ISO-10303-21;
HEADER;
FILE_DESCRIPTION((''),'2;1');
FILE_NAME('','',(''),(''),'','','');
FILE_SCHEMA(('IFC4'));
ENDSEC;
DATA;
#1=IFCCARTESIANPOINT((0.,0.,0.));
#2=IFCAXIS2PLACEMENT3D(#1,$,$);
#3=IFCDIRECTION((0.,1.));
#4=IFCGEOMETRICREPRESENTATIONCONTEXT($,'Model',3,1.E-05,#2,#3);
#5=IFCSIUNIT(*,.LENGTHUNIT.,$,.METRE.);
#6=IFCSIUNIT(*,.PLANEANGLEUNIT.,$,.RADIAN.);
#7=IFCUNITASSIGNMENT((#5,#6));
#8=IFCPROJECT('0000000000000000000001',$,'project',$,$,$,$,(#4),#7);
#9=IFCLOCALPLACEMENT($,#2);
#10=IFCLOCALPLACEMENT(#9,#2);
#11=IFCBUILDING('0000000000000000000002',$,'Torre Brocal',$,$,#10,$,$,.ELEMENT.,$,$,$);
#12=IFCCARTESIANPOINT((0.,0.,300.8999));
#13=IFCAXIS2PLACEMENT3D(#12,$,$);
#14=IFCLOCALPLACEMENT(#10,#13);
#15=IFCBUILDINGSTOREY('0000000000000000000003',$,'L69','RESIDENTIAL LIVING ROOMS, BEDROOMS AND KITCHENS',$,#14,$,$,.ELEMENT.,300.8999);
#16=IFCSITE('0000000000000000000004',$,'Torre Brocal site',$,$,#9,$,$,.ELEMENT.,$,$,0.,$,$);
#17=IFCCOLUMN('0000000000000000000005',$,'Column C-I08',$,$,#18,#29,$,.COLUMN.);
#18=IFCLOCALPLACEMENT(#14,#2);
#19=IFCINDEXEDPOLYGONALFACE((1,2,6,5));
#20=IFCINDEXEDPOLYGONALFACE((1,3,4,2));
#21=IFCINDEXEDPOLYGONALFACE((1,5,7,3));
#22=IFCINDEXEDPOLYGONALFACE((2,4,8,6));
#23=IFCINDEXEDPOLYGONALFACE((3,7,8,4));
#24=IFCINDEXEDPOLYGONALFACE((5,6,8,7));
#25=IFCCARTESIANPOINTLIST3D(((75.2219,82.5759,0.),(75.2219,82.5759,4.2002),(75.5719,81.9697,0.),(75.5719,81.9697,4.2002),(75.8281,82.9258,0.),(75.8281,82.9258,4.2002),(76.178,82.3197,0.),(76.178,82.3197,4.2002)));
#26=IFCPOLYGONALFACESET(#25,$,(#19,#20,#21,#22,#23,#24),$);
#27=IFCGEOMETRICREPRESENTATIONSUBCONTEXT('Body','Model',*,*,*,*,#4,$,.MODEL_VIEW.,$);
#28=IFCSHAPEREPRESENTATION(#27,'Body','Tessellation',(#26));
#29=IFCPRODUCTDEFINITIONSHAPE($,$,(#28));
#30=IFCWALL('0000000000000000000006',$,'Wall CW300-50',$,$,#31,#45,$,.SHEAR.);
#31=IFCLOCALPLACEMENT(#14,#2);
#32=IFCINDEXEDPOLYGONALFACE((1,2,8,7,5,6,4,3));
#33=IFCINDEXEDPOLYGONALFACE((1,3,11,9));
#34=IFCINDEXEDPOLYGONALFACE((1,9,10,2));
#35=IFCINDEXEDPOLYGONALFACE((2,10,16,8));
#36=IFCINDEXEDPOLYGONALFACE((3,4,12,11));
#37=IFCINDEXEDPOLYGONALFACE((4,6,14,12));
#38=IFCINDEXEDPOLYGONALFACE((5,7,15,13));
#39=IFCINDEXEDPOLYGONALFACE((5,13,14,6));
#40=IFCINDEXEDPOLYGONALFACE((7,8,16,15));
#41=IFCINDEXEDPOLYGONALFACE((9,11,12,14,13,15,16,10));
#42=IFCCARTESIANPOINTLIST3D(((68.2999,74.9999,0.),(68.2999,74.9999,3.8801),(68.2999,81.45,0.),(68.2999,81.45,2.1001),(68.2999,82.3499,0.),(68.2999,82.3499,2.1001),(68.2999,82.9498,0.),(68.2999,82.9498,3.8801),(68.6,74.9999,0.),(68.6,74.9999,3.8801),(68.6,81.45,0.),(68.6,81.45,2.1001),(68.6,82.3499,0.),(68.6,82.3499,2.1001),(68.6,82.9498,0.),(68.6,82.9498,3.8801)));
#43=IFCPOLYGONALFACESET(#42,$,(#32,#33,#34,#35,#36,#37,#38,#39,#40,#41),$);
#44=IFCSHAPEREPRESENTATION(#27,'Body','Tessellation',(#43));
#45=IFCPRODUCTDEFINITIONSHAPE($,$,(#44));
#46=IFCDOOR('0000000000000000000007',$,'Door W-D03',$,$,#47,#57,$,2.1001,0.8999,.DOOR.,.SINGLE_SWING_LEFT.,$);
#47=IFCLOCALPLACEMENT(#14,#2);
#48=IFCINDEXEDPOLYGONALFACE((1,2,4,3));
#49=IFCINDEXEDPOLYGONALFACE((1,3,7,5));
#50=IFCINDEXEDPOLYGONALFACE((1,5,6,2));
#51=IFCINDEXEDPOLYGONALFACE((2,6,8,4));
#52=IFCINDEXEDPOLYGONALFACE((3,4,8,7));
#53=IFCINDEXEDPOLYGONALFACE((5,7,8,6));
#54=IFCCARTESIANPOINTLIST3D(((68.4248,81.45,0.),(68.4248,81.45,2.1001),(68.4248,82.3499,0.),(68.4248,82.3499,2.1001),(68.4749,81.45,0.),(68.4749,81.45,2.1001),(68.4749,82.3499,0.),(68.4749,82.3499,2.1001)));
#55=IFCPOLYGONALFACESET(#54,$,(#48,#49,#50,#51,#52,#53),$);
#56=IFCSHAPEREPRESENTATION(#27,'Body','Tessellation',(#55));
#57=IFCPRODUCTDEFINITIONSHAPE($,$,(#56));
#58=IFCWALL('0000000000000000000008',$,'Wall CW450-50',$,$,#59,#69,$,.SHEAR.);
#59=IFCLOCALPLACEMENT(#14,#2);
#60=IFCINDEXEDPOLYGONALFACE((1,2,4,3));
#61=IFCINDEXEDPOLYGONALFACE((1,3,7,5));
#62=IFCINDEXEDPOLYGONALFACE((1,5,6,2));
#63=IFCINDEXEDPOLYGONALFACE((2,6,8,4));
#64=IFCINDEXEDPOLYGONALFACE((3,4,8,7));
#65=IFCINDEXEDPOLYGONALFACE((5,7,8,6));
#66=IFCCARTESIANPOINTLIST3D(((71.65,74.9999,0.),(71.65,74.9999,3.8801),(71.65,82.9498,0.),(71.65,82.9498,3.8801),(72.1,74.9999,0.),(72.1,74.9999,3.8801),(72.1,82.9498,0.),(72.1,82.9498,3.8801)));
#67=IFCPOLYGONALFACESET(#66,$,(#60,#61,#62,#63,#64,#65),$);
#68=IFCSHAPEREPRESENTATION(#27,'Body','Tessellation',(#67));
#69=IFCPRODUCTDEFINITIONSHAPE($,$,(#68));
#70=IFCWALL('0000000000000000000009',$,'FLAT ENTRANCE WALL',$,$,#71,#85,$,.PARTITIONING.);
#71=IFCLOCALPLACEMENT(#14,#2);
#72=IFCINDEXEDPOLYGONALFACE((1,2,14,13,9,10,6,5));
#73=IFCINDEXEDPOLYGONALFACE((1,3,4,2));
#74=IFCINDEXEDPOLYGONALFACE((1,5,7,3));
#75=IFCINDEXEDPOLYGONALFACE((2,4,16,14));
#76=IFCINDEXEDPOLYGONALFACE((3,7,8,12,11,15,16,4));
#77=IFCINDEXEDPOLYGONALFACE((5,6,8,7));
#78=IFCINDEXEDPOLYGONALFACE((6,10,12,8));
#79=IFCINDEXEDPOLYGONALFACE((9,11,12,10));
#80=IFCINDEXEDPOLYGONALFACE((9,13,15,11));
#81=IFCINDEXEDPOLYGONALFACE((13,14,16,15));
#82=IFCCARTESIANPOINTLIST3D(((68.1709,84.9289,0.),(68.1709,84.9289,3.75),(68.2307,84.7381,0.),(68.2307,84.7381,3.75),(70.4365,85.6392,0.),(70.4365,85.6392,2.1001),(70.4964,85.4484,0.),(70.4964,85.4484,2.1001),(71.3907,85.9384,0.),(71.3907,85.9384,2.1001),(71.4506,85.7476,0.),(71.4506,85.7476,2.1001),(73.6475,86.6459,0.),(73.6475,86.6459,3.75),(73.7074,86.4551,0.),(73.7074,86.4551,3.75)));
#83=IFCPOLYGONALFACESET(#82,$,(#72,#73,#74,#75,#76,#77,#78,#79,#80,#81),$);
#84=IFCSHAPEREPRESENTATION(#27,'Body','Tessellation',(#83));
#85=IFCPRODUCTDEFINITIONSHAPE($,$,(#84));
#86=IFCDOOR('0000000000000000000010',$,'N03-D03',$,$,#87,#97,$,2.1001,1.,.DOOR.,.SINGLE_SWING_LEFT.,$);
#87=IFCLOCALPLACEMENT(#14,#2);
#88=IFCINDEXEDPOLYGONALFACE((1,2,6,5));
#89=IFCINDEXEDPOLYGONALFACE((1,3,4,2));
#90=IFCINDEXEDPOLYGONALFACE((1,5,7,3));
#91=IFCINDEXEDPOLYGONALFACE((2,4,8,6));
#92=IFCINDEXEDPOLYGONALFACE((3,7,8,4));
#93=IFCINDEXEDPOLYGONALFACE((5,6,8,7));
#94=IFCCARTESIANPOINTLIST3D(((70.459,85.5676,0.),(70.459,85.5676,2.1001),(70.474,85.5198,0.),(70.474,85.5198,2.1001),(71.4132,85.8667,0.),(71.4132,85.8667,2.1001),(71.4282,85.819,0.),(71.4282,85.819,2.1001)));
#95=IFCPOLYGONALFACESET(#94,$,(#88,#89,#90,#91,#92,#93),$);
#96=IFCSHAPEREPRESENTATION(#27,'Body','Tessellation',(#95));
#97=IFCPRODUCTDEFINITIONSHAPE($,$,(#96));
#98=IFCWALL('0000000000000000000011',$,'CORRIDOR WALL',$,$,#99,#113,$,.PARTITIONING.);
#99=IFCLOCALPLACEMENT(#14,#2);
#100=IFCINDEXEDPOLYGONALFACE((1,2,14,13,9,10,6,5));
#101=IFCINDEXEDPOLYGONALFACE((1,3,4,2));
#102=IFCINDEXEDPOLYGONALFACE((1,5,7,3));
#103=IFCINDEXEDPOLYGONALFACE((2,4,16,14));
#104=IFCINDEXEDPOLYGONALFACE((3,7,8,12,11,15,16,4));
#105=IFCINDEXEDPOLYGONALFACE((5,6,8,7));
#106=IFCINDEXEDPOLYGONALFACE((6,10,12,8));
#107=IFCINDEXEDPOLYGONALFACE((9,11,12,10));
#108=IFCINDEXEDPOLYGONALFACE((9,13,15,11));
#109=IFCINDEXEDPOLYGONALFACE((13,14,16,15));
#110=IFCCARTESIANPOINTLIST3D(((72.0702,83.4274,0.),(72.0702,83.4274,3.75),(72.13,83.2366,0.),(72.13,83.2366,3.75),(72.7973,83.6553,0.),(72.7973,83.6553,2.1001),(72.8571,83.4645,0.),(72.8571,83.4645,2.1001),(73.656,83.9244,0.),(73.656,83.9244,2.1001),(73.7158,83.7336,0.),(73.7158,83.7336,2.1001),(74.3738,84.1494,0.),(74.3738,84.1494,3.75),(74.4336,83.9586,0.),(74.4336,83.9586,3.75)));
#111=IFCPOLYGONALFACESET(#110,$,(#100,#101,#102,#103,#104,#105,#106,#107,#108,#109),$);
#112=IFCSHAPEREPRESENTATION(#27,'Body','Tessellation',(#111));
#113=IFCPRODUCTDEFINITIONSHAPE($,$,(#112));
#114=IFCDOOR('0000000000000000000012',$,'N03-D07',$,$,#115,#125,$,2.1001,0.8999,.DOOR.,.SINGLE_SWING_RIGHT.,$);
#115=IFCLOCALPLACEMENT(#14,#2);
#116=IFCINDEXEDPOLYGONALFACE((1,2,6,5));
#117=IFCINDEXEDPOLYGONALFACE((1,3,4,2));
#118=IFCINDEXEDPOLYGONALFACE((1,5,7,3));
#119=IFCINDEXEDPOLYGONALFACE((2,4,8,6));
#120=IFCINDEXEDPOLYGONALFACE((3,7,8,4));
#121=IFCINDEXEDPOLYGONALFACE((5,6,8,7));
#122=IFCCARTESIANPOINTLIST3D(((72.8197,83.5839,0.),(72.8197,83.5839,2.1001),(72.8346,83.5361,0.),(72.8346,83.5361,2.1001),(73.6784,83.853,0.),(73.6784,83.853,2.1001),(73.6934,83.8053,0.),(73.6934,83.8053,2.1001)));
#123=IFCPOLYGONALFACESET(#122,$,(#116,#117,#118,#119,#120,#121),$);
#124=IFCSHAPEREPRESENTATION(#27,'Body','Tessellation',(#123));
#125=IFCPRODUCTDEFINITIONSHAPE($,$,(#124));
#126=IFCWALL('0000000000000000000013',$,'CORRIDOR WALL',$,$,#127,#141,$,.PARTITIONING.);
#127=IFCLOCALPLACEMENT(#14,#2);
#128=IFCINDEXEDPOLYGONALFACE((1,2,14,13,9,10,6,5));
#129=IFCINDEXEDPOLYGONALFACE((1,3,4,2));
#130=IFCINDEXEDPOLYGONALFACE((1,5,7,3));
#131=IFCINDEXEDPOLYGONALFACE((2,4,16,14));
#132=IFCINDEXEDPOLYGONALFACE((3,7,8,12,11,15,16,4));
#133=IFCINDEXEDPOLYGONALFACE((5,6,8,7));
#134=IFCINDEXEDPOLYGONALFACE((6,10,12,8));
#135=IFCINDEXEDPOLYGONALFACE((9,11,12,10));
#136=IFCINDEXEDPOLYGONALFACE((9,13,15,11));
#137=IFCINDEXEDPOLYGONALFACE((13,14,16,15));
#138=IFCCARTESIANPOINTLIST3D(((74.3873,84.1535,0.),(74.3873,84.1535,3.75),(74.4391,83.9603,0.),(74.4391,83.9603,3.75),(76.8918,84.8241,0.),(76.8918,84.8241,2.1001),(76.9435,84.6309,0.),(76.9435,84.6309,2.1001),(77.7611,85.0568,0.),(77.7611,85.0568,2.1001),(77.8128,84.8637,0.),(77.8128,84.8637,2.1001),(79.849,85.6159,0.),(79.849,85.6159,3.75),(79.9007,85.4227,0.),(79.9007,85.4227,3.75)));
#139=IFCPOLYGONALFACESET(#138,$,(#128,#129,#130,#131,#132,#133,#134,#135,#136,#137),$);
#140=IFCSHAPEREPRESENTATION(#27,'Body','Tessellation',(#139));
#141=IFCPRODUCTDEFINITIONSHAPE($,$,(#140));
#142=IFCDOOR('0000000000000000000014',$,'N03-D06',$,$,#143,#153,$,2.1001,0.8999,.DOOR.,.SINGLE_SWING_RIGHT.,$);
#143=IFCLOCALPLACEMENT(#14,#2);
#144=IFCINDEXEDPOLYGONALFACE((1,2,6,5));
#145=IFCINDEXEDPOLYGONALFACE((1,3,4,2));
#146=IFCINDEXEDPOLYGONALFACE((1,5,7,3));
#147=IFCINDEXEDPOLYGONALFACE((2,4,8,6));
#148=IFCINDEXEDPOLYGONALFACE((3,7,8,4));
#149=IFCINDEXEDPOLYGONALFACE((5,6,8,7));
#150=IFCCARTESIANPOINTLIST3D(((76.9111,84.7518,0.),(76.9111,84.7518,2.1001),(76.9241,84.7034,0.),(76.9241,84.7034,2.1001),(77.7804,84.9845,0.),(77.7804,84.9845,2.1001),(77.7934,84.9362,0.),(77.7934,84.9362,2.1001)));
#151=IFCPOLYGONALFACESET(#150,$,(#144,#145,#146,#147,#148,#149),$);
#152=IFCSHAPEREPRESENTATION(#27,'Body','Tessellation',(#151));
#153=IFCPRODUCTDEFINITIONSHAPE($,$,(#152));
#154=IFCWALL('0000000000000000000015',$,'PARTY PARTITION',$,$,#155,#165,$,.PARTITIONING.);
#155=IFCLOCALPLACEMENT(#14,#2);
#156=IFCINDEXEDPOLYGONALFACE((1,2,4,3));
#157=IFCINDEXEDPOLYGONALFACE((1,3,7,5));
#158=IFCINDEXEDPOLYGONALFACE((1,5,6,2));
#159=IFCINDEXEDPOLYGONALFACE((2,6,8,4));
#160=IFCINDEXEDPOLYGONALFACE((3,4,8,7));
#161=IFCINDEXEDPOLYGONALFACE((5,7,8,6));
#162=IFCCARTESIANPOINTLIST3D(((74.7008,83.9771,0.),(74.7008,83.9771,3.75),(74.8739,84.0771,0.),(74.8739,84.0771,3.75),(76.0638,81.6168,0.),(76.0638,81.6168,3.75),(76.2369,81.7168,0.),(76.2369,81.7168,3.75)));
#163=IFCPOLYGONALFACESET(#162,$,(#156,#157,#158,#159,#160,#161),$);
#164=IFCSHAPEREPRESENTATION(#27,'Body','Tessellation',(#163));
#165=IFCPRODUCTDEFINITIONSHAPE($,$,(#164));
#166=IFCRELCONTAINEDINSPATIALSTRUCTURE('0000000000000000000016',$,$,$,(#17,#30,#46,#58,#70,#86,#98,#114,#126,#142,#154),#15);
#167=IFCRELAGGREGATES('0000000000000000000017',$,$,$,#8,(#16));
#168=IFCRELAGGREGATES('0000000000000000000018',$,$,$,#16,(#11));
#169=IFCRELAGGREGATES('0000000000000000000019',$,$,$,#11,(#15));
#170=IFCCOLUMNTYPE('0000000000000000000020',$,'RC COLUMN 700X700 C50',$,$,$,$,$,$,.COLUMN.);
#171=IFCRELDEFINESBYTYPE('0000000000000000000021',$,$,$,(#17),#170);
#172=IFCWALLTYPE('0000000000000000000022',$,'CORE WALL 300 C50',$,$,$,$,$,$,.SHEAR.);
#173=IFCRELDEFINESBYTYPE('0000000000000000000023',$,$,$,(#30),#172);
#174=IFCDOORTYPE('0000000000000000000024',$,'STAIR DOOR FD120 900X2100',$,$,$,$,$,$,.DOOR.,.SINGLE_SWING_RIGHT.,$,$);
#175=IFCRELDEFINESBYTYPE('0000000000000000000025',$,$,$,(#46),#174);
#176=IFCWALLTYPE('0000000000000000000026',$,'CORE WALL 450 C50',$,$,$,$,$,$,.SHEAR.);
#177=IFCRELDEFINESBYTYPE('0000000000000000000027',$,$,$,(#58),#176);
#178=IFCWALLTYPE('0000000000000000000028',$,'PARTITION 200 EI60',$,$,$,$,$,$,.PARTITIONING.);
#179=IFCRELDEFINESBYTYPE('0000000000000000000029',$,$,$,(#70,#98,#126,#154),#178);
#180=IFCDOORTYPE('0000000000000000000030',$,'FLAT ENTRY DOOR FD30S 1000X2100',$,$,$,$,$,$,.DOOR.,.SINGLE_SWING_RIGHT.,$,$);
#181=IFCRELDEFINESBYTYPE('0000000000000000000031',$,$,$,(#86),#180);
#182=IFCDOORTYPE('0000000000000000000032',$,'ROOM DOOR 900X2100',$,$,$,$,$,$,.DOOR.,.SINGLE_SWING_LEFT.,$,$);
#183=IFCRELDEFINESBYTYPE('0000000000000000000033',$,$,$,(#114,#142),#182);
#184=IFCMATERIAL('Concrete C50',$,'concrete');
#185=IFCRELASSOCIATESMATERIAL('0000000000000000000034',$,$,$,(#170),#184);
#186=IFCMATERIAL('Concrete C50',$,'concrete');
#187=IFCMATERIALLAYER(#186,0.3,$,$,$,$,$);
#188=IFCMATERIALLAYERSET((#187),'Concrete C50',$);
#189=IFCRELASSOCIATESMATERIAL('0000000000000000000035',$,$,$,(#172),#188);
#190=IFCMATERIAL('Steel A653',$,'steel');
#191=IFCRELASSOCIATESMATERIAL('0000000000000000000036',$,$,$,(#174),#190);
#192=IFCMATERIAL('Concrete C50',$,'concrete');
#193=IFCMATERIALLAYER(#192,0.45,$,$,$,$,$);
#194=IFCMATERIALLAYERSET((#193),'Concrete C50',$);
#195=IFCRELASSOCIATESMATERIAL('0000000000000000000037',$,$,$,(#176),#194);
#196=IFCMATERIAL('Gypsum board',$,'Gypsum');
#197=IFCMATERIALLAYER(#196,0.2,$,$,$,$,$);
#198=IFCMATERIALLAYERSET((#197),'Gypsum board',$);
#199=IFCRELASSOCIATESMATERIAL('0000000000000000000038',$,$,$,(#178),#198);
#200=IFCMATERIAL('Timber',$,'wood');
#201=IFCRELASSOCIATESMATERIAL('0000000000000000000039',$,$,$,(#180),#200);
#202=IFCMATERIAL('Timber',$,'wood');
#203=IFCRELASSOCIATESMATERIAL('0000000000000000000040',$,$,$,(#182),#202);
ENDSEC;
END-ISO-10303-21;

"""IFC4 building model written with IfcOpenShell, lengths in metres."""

from ifc_helpers import new_model, si_unit, direction, frame, frame_2d, origin, origin_2d, place, context, subcontext, project, spatial, rectangle, extrude, material, layer, layer_set, material_profile, profile_set, type_object, element, fill, save


model = new_model("IFC4")

# Units and contexts
model_context = context("Model", 3, precision=1e-05, world=origin(), true_north=direction((0.0, 1.0)))
body_context = subcontext(model_context, "Body", "Model", "MODEL_VIEW")
ifc_project = project(units=[si_unit("LENGTHUNIT", "METRE"), si_unit("PLANEANGLEUNIT", "RADIAN")], contexts=[model_context])

# Site, building, storey
site_placement = place(None, origin())
site = spatial("IfcSite", under=ifc_project, at=site_placement, Name="Torre Brocal site", CompositionType="ELEMENT", RefElevation=0.0)
building_placement = place(site_placement, origin())
building = spatial("IfcBuilding", under=site, at=building_placement, Name="Torre Brocal", CompositionType="ELEMENT")
storey_placement = place(building_placement, frame((0.0, 0.0, 300.8999)))
storey = spatial("IfcBuildingStorey", under=building, at=storey_placement, Name="L69", Description="RESIDENTIAL LIVING ROOMS, BEDROOMS AND KITCHENS", CompositionType="ELEMENT", Elevation=300.8999)

# Column
ifc_material_1 = material(Name="Concrete C50", Category="concrete")
ifc_material_profile = material_profile(ifc_material_1, rectangle(XDim=0.7, YDim=0.7, at=origin_2d()), Name="RC 700X700")
ifc_profile_set = profile_set([ifc_material_profile], Name="Concrete C50")
column_type = type_object("IfcColumnType", Name="RC COLUMN 700X700 C50", PredefinedType="COLUMN", material=ifc_profile_set)
column_placement = place(storey_placement, frame((75.7, 82.4478, 0.0), z_axis=(0.0, 0.0, 1.0), x_axis=(-0.5, 0.866025, 0.0)))
element("IfcColumn", 1, at=column_placement, inside=storey, type_object=column_type, Name="Column C-I08", PredefinedType="COLUMN", context=body_context, shape_type="SweptSolid", body=[
    extrude(rectangle(XDim=0.7, YDim=0.7, at=origin_2d()), origin(), (0.0, 0.0, 1.0), 4.2002),
])

# Wall, opening, door
ifc_material_2 = material(Name="Concrete C50", Category="concrete")
ifc_layer_1 = layer(ifc_material_2, 0.3)
ifc_layer_set_1 = layer_set([ifc_layer_1], Name="Concrete C50")
wall_type_1 = type_object("IfcWallType", Name="CORE WALL 300 C50", PredefinedType="SHEAR", material=ifc_layer_set_1)
wall_1_placement = place(storey_placement, frame((68.45, 82.95, 0.0), z_axis=(0.0, 0.0, 1.0), x_axis=(0.0, -1.0, 0.0)))
wall_1 = element("IfcWall", 2, at=wall_1_placement, inside=storey, type_object=wall_type_1, Name="Wall CW300-50", PredefinedType="SHEAR", context=body_context, shape_type="SweptSolid", body=[
    extrude(rectangle(XDim=7.95, YDim=0.3, at=frame_2d((3.9751, 0.0))), origin(), (0.0, 0.0, 1.0), 3.8801),
])
opening_1_placement = place(wall_1_placement, frame((0.6001, 0.0, 0.0)))
opening_1 = element("IfcOpeningElement", 3, at=opening_1_placement, cuts=wall_1, PredefinedType="OPENING", context=body_context, shape_type="SweptSolid", body=[
    extrude(rectangle(XDim=0.8999, YDim=2.1001, at=frame_2d((0.45, 1.05))), frame((0.0, 0.1599, 0.0), z_axis=(0.0, -1.0, 0.0), x_axis=(1.0, 0.0, 0.0)), (0.0, 0.0, 1.0), 0.3201),
])
ifc_material_3 = material(Name="Steel A653", Category="steel")
door_type_1 = type_object("IfcDoorType", Name="STAIR DOOR FD120 900X2100", OperationType="SINGLE_SWING_RIGHT", PredefinedType="DOOR", material=ifc_material_3)
door_1_placement = place(opening_1_placement, origin())
door_1 = element("IfcDoor", 4, at=door_1_placement, inside=storey, type_object=door_type_1, Name="Door W-D03", OperationType="SINGLE_SWING_LEFT", OverallHeight=2.1001, OverallWidth=0.8999, PredefinedType="DOOR", context=body_context, shape_type="SweptSolid", body=[
    extrude(rectangle(XDim=0.8999, YDim=2.1001, at=frame_2d((0.45, 1.05))), frame((0.0, 0.0249, 0.0), z_axis=(0.0, -1.0, 0.0), x_axis=(1.0, 0.0, 0.0)), (0.0, 0.0, 1.0), 0.05),
])
fill(opening_1, door_1)
ifc_material_4 = material(Name="Concrete C50", Category="concrete")
ifc_layer_2 = layer(ifc_material_4, 0.45)
ifc_layer_set_2 = layer_set([ifc_layer_2], Name="Concrete C50")
wall_type_2 = type_object("IfcWallType", Name="CORE WALL 450 C50", PredefinedType="SHEAR", material=ifc_layer_set_2)

# Wall
wall_2_placement = place(storey_placement, frame((71.875, 82.95, 0.0), z_axis=(0.0, 0.0, 1.0), x_axis=(0.0, -1.0, 0.0)))
element("IfcWall", 5, at=wall_2_placement, inside=storey, type_object=wall_type_2, Name="Wall CW450-50", PredefinedType="SHEAR", context=body_context, shape_type="SweptSolid", body=[
    extrude(rectangle(XDim=7.95, YDim=0.45, at=frame_2d((3.9751, 0.0))), origin(), (0.0, 0.0, 1.0), 3.8801),
])

# Walls, openings, doors
ifc_material_5 = material(Name="Gypsum board", Category="Gypsum")
ifc_layer_3 = layer(ifc_material_5, 0.2)
ifc_layer_set_3 = layer_set([ifc_layer_3], Name="Gypsum board")
wall_type_3 = type_object("IfcWallType", Name="PARTITION 200 EI60", PredefinedType="PARTITIONING", material=ifc_layer_set_3)
wall_3_placement = place(storey_placement, frame((68.2009, 84.8335, 0.0), z_axis=(0.0, 0.0, 1.0), x_axis=(0.954201, 0.299166, 0.0)))
wall_3 = element("IfcWall", 6, at=wall_3_placement, inside=storey, type_object=wall_type_3, Name="FLAT ENTRANCE WALL", PredefinedType="PARTITIONING", context=body_context, shape_type="SweptSolid", body=[
    extrude(rectangle(XDim=5.7395, YDim=0.2, at=frame_2d((2.8696, 0.0))), origin(), (0.0, 0.0, 1.0), 3.75),
])
opening_2_placement = place(wall_3_placement, frame((2.3743, 0.0, 0.0)))
opening_2 = element("IfcOpeningElement", 7, at=opening_2_placement, cuts=wall_3, PredefinedType="OPENING", context=body_context, shape_type="SweptSolid", body=[
    extrude(rectangle(XDim=1.0, YDim=2.1001, at=frame_2d((0.5, 1.05))), frame((0.0, 0.1099, 0.0), z_axis=(0.0, -1.0, 0.0), x_axis=(1.0, 0.0, 0.0)), (0.0, 0.0, 1.0), 0.22),
])
ifc_material_6 = material(Name="Timber", Category="wood")
door_type_2 = type_object("IfcDoorType", Name="FLAT ENTRY DOOR FD30S 1000X2100", OperationType="SINGLE_SWING_RIGHT", PredefinedType="DOOR", material=ifc_material_6)
door_2_placement = place(opening_2_placement, origin())
door_2 = element("IfcDoor", 8, at=door_2_placement, inside=storey, type_object=door_type_2, Name="N03-D03", OperationType="SINGLE_SWING_LEFT", OverallHeight=2.1001, OverallWidth=1.0, PredefinedType="DOOR", context=body_context, shape_type="SweptSolid", body=[
    extrude(rectangle(XDim=1.0, YDim=2.1001, at=frame_2d((0.5, 1.05))), frame((0.0, 0.0249, 0.0), z_axis=(0.0, -1.0, 0.0), x_axis=(1.0, 0.0, 0.0)), (0.0, 0.0, 1.0), 0.05),
])
fill(opening_2, door_2)
wall_4_placement = place(storey_placement, frame((72.1001, 83.332, 0.0), z_axis=(0.0, 0.0, 1.0), x_axis=(0.954233, 0.299064, 0.0)))
wall_4 = element("IfcWall", 9, at=wall_4_placement, inside=storey, type_object=wall_type_3, Name="CORRIDOR WALL", PredefinedType="PARTITIONING", context=body_context, shape_type="SweptSolid", body=[
    extrude(rectangle(XDim=2.4141, YDim=0.2, at=frame_2d((1.207, 0.0))), origin(), (0.0, 0.0, 1.0), 3.75),
])
opening_3_placement = place(wall_4_placement, frame((0.762, 0.0, 0.0)))
opening_3 = element("IfcOpeningElement", 10, at=opening_3_placement, cuts=wall_4, PredefinedType="OPENING", context=body_context, shape_type="SweptSolid", body=[
    extrude(rectangle(XDim=0.8999, YDim=2.1001, at=frame_2d((0.45, 1.05))), frame((0.0, 0.1099, 0.0), z_axis=(0.0, -1.0, 0.0), x_axis=(1.0, 0.0, 0.0)), (0.0, 0.0, 1.0), 0.22),
])
ifc_material_7 = material(Name="Timber", Category="wood")
door_type_3 = type_object("IfcDoorType", Name="ROOM DOOR 900X2100", OperationType="SINGLE_SWING_LEFT", PredefinedType="DOOR", material=ifc_material_7)
door_3_placement = place(opening_3_placement, frame((0.8999, 0.0, 0.0), z_axis=(0.0, 0.0, 1.0), x_axis=(-1.0, 0.0, 0.0)))
door_3 = element("IfcDoor", 11, at=door_3_placement, inside=storey, type_object=door_type_3, Name="N03-D07", OperationType="SINGLE_SWING_RIGHT", OverallHeight=2.1001, OverallWidth=0.8999, PredefinedType="DOOR", context=body_context, shape_type="SweptSolid", body=[
    extrude(rectangle(XDim=0.8999, YDim=2.1001, at=frame_2d((0.45, 1.05))), frame((0.0, 0.0249, 0.0), z_axis=(0.0, -1.0, 0.0), x_axis=(1.0, 0.0, 0.0)), (0.0, 0.0, 1.0), 0.05),
])
fill(opening_3, door_3)
wall_5_placement = place(storey_placement, frame((74.4131, 84.0569, 0.0), z_axis=(0.0, 0.0, 1.0), x_axis=(0.965972, 0.258646, 0.0)))
wall_5 = element("IfcWall", 12, at=wall_5_placement, inside=storey, type_object=wall_type_3, Name="CORRIDOR WALL", PredefinedType="PARTITIONING", context=body_context, shape_type="SweptSolid", body=[
    extrude(rectangle(XDim=5.6541, YDim=0.2, at=frame_2d((2.8271, 0.0))), origin(), (0.0, 0.0, 1.0), 3.75),
])
opening_4_placement = place(wall_5_placement, frame((2.5928, 0.0, 0.0)))
opening_4 = element("IfcOpeningElement", 13, at=opening_4_placement, cuts=wall_5, PredefinedType="OPENING", context=body_context, shape_type="SweptSolid", body=[
    extrude(rectangle(XDim=0.8999, YDim=2.1001, at=frame_2d((0.45, 1.05))), frame((0.0, 0.1099, 0.0), z_axis=(0.0, -1.0, 0.0), x_axis=(1.0, 0.0, 0.0)), (0.0, 0.0, 1.0), 0.22),
])
door_4_placement = place(opening_4_placement, frame((0.8999, 0.0, 0.0), z_axis=(0.0, 0.0, 1.0), x_axis=(-1.0, 0.0, 0.0)))
door_4 = element("IfcDoor", 14, at=door_4_placement, inside=storey, type_object=door_type_3, Name="N03-D06", OperationType="SINGLE_SWING_RIGHT", OverallHeight=2.1001, OverallWidth=0.8999, PredefinedType="DOOR", context=body_context, shape_type="SweptSolid", body=[
    extrude(rectangle(XDim=0.8999, YDim=2.1001, at=frame_2d((0.45, 1.05))), frame((0.0, 0.0249, 0.0), z_axis=(0.0, -1.0, 0.0), x_axis=(1.0, 0.0, 0.0)), (0.0, 0.0, 1.0), 0.05),
])
fill(opening_4, door_4)

# Wall
wall_6_placement = place(storey_placement, frame((74.7874, 84.0271, 0.0), z_axis=(0.0, 0.0, 1.0), x_axis=(0.500079, -0.86598, 0.0)))
element("IfcWall", 15, at=wall_6_placement, inside=storey, type_object=wall_type_3, Name="PARTY PARTITION", PredefinedType="PARTITIONING", context=body_context, shape_type="SweptSolid", body=[
    extrude(rectangle(XDim=2.7256, YDim=0.2, at=frame_2d((1.3628, 0.0))), origin(), (0.0, 0.0, 1.0), 3.75),
])

save(model, "model.ifc")
